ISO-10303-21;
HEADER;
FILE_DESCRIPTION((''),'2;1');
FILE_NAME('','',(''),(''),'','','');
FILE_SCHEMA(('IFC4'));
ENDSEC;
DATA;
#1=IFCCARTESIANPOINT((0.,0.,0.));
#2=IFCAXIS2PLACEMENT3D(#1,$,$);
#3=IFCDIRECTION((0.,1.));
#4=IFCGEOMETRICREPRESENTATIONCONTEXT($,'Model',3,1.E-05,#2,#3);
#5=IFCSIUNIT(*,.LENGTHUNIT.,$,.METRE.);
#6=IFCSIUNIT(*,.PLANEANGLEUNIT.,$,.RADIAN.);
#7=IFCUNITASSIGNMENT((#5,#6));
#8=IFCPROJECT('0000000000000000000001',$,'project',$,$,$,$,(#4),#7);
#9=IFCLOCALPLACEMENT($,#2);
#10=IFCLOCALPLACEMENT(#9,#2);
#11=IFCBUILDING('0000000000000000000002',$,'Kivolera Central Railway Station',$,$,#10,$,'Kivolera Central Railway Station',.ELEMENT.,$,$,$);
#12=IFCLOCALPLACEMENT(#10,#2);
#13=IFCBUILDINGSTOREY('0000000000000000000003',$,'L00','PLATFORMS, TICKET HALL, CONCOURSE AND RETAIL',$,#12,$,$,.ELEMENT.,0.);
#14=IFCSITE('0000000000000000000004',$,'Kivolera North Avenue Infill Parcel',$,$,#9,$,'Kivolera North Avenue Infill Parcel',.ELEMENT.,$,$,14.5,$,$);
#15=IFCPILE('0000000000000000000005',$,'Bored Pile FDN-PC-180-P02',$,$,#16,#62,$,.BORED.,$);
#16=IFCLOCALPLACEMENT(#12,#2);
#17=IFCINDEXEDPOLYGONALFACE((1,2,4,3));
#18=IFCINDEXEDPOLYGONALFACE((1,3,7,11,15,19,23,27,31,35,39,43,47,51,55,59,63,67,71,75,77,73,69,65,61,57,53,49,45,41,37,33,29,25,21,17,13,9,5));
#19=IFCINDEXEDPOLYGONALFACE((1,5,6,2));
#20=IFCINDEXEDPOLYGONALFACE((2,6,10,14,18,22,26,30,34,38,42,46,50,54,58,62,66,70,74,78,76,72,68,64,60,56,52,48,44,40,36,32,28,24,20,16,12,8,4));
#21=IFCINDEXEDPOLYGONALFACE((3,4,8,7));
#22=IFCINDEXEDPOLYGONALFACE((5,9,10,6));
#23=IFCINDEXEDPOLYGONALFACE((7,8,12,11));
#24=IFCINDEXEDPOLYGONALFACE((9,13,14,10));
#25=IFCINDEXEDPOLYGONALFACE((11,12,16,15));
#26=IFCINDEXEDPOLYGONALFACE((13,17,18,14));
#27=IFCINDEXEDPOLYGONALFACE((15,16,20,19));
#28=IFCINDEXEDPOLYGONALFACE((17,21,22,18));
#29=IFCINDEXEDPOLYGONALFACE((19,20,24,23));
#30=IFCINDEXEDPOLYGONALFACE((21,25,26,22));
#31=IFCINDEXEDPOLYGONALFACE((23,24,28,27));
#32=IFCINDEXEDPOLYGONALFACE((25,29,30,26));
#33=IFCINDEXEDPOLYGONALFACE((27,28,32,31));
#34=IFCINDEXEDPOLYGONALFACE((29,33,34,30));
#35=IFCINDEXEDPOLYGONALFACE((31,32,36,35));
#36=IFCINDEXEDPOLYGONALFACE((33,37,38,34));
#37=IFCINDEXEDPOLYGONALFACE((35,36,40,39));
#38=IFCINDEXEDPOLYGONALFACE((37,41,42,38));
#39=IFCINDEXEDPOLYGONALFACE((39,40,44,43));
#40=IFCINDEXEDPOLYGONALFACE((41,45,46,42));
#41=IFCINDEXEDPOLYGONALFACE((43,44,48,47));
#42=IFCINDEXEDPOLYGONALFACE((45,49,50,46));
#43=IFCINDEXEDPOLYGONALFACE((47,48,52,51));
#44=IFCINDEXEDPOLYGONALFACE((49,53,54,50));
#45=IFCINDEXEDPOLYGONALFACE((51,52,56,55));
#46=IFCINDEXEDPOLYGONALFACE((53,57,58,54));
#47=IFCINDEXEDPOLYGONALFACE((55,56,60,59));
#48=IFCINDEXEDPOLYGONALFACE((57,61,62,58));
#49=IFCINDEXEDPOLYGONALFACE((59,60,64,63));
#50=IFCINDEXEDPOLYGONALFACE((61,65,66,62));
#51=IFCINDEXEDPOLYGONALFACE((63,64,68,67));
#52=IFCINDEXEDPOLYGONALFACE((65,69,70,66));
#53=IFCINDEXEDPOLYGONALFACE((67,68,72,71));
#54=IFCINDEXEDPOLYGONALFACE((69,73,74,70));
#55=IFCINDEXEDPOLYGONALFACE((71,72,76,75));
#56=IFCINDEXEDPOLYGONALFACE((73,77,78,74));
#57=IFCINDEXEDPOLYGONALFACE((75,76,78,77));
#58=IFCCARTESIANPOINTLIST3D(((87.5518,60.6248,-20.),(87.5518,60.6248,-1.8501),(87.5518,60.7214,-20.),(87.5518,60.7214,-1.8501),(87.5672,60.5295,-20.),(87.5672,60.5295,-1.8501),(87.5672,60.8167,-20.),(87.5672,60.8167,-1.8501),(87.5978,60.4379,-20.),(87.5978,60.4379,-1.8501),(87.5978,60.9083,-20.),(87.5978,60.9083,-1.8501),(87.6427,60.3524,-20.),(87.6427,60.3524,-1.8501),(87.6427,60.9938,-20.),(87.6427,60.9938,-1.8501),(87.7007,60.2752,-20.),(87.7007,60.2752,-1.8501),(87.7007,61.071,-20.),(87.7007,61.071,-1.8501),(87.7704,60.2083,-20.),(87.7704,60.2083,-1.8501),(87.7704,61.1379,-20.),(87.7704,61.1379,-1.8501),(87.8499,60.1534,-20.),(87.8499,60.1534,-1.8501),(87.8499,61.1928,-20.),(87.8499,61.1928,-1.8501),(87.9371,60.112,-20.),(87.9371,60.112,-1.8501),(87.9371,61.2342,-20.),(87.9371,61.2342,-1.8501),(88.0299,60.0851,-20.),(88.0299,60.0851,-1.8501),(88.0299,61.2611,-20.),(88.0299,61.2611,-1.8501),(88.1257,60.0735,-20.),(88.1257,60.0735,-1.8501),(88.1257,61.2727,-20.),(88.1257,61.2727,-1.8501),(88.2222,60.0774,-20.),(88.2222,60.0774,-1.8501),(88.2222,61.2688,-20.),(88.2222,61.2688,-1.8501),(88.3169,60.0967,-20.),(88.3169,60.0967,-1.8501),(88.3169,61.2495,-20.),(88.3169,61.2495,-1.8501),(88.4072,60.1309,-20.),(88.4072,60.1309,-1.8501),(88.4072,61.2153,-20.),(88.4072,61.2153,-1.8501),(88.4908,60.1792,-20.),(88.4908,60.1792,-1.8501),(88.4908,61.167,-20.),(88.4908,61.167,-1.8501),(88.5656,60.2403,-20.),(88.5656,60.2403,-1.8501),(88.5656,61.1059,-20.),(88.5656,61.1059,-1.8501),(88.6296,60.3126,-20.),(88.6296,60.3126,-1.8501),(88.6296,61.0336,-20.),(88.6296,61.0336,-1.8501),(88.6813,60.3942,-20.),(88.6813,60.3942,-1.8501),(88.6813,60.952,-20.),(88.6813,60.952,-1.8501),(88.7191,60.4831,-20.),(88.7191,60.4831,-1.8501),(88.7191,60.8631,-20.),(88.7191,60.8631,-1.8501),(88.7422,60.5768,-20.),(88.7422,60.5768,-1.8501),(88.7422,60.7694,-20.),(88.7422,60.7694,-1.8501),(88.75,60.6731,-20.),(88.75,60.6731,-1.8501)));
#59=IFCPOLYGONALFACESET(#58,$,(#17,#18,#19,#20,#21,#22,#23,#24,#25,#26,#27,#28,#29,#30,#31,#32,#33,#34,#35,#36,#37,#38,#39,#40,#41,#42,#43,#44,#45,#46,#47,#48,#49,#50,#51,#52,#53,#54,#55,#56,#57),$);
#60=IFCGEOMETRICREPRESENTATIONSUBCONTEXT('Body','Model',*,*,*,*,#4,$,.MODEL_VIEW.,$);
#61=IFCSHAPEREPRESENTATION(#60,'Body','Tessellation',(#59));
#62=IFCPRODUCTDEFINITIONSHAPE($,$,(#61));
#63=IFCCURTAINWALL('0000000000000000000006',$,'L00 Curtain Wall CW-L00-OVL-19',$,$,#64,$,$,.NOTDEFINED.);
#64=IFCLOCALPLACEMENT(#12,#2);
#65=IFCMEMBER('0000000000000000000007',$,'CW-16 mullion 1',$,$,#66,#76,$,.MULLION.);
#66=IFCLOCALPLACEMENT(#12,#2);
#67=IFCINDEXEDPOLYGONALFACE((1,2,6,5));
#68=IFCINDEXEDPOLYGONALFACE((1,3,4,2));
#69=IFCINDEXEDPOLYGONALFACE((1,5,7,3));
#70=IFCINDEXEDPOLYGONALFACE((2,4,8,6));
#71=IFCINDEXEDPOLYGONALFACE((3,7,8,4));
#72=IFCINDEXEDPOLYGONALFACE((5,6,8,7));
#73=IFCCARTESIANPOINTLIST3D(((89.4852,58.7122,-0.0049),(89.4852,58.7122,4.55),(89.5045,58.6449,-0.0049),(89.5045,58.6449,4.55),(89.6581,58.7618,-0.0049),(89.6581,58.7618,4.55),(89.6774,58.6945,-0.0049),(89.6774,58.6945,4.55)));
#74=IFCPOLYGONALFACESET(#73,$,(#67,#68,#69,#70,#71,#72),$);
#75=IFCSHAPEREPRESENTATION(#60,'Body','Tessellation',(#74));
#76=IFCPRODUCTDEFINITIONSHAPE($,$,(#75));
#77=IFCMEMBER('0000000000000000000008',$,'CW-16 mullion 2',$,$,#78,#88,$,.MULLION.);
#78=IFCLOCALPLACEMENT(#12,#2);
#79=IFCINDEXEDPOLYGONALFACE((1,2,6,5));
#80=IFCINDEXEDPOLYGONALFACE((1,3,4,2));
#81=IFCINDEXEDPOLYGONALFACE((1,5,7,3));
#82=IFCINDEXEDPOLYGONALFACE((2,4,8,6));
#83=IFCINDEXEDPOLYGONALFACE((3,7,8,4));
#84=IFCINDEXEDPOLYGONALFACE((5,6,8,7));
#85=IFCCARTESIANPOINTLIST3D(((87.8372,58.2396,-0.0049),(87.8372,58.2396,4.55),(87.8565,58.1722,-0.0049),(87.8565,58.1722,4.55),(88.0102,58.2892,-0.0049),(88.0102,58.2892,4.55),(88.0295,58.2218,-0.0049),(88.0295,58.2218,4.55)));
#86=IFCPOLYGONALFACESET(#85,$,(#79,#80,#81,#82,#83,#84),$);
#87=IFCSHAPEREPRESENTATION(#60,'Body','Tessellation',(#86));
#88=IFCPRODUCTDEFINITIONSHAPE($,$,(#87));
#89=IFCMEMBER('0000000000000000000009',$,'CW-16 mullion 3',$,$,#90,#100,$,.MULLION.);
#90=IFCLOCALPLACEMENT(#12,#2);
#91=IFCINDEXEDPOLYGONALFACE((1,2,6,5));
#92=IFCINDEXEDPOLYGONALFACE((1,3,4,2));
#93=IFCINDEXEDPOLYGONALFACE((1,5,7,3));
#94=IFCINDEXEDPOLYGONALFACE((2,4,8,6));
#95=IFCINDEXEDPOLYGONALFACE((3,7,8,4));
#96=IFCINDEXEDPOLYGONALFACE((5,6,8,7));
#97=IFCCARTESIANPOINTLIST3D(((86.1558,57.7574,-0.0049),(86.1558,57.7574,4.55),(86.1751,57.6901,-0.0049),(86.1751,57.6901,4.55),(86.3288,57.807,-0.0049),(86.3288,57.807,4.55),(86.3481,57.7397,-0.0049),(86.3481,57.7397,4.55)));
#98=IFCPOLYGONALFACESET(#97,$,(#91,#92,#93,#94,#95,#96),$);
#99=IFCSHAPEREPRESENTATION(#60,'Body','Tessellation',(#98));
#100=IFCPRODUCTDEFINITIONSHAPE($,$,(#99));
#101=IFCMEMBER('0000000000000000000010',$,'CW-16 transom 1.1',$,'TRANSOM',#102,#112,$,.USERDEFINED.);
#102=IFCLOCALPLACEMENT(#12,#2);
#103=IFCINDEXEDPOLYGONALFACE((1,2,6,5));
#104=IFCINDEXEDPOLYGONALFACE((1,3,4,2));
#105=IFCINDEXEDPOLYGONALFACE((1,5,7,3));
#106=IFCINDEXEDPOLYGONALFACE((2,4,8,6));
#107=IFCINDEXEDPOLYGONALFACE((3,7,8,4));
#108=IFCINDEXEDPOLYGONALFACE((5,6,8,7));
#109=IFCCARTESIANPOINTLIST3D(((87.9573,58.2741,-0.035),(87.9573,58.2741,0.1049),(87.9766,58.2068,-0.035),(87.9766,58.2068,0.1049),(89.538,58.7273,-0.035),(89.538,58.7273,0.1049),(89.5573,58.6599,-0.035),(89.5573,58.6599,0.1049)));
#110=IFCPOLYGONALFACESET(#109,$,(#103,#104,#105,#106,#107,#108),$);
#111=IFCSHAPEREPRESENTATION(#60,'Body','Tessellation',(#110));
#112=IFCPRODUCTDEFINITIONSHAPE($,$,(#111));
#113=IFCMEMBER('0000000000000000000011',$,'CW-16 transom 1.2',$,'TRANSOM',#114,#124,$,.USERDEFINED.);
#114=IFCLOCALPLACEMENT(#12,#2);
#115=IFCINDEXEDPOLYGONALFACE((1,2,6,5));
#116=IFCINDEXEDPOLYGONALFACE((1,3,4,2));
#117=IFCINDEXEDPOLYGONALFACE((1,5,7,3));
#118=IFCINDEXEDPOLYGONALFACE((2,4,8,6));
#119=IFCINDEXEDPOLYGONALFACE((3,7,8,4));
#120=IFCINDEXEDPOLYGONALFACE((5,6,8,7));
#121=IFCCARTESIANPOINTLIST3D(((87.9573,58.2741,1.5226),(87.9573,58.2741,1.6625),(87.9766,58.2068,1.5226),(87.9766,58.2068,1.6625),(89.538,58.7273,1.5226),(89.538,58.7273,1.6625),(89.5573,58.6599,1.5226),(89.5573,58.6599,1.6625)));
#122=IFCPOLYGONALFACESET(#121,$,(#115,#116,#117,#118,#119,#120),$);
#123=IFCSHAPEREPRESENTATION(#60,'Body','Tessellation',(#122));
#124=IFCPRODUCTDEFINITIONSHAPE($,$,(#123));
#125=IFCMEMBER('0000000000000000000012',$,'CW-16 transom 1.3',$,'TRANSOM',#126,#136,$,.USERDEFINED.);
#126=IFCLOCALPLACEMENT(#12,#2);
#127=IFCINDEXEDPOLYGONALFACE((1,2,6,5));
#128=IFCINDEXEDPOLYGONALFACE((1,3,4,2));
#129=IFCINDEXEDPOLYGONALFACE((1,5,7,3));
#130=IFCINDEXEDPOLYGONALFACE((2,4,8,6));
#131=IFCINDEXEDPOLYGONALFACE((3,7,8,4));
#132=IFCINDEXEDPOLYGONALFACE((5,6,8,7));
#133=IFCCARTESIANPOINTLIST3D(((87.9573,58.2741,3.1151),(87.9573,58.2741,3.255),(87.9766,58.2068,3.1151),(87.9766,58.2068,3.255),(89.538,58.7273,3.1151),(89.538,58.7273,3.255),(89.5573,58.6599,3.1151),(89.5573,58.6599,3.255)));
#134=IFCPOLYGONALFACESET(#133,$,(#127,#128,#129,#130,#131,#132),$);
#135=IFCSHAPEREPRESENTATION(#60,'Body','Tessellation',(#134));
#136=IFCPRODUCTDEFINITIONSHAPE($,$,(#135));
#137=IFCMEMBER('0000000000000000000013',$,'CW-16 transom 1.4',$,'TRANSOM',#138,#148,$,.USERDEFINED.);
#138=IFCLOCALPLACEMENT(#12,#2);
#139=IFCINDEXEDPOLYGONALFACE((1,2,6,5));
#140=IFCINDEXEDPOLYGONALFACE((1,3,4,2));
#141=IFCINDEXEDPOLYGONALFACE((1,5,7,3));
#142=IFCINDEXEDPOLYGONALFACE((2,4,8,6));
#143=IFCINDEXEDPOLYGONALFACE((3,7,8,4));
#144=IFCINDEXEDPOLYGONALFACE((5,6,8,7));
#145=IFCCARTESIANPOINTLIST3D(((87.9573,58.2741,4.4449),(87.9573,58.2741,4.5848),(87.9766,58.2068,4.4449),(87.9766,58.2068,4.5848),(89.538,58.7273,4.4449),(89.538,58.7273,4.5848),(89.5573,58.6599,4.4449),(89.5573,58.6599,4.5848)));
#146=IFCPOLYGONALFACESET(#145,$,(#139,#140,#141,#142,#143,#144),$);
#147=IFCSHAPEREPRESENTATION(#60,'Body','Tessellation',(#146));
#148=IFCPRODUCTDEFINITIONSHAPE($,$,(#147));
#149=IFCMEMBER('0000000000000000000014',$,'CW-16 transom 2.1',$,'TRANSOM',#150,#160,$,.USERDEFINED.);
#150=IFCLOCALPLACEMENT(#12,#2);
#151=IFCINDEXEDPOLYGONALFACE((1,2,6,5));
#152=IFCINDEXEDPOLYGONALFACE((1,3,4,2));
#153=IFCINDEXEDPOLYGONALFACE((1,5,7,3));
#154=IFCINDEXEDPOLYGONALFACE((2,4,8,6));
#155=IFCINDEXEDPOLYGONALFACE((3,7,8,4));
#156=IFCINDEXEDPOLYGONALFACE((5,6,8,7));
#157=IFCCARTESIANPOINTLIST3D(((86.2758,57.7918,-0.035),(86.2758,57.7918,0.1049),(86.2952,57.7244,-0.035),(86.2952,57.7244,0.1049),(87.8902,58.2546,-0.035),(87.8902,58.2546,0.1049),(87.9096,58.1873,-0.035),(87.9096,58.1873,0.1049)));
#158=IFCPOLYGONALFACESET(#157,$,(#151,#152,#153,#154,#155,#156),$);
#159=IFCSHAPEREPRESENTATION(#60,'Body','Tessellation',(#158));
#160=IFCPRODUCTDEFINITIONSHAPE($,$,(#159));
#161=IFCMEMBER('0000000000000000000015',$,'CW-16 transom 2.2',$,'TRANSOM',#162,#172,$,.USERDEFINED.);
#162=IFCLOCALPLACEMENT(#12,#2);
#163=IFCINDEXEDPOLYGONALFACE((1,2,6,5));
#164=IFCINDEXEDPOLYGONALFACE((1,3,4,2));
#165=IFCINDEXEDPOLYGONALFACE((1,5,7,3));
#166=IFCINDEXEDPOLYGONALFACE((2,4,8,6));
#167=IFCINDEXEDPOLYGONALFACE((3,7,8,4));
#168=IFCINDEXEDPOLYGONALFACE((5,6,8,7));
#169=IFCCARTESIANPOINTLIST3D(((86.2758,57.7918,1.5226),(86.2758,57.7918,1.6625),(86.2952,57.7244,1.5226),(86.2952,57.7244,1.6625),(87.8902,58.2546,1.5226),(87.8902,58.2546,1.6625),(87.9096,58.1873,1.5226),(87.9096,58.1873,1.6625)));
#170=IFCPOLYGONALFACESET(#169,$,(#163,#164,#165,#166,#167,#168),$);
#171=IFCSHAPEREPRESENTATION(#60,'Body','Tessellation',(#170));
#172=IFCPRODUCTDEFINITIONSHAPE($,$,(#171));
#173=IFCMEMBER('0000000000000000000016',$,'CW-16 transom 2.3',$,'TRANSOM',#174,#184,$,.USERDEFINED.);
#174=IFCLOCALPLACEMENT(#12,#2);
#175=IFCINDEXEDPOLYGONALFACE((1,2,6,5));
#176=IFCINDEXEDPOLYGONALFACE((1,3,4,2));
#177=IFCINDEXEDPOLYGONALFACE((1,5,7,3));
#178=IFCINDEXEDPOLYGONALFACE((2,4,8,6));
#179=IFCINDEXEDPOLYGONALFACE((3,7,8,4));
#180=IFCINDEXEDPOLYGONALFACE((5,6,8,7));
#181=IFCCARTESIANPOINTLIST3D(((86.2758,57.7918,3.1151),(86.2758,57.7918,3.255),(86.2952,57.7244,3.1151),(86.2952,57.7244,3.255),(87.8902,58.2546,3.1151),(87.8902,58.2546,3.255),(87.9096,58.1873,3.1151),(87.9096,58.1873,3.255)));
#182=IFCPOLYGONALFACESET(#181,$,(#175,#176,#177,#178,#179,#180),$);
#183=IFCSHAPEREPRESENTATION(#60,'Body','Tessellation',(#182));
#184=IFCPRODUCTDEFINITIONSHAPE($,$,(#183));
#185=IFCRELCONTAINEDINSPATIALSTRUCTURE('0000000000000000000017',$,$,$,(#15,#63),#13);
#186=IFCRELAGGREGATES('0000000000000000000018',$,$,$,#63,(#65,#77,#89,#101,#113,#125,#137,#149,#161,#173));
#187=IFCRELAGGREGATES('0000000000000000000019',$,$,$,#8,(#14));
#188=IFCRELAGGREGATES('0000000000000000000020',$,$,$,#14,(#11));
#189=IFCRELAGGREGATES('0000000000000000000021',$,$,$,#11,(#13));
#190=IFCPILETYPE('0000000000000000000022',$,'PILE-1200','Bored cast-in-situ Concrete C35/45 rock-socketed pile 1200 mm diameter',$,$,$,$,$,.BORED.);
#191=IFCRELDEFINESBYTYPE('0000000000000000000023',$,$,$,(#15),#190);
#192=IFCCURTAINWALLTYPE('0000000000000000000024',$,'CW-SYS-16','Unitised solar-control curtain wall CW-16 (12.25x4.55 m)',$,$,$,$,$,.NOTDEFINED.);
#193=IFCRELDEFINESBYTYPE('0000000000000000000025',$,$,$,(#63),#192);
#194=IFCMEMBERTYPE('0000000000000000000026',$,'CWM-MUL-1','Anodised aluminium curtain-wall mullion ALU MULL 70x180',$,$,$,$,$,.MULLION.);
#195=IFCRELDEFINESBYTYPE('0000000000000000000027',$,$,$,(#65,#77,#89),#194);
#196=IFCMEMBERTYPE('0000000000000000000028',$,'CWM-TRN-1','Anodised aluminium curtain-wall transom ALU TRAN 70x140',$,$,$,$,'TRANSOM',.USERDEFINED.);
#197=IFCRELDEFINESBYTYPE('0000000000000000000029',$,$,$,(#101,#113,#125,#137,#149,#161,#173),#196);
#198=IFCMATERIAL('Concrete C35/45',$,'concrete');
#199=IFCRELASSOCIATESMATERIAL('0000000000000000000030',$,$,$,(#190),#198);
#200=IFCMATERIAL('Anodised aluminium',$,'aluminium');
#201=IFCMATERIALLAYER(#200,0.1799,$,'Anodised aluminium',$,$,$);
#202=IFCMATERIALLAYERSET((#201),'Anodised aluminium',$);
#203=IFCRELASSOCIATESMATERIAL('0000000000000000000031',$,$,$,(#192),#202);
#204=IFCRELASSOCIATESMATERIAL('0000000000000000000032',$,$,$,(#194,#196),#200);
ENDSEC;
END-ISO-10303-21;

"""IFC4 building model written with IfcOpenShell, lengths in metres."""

from ifc_helpers import new_model, si_unit, direction, frame, origin, origin_2d, place, context, subcontext, project, spatial, rectangle, circle, extrude, material, layer, layer_set, material_profile, profile_set, type_object, element, aggregate, save


model = new_model("IFC4")

# Units and contexts
model_context = context("Model", 3, precision=1e-05, world=origin(), true_north=direction((0.0, 1.0)))
body_context = subcontext(model_context, "Body", "Model", "MODEL_VIEW")
ifc_project = project(units=[si_unit("LENGTHUNIT", "METRE"), si_unit("PLANEANGLEUNIT", "RADIAN")], contexts=[model_context])

# Site, building, storey
site_placement = place(None, origin())
site = spatial("IfcSite", under=ifc_project, at=site_placement, Name="Kivolera North Avenue Infill Parcel", LongName="Kivolera North Avenue Infill Parcel", CompositionType="ELEMENT", RefElevation=14.5)
building_placement = place(site_placement, origin())
building = spatial("IfcBuilding", under=site, at=building_placement, Name="Kivolera Central Railway Station", LongName="Kivolera Central Railway Station", CompositionType="ELEMENT")
storey_placement = place(building_placement, origin())
storey = spatial("IfcBuildingStorey", under=building, at=storey_placement, Name="L00", Description="PLATFORMS, TICKET HALL, CONCOURSE AND RETAIL", CompositionType="ELEMENT", Elevation=0.0)

# Pile
ifc_material_1 = material(Name="Concrete C35/45", Category="concrete")
ifc_material_profile_1 = material_profile(ifc_material_1, circle(Radius=0.6001, at=origin_2d()), Name="PILE D1200")
ifc_profile_set_1 = profile_set([ifc_material_profile_1], Name="Concrete C35/45")
pile_type = type_object("IfcPileType", Name="PILE-1200", Description="Bored cast-in-situ Concrete C35/45 rock-socketed pile 1200 mm diameter", PredefinedType="BORED", material=ifc_profile_set_1)
pile_placement = place(storey_placement, frame((88.1499, 60.6731, -1.8501), z_axis=(0.0, 0.0, -1.0), x_axis=(1.0, 0.0, 0.0)))
element("IfcPile", 1, at=pile_placement, inside=storey, type_object=pile_type, Name="Bored Pile FDN-PC-180-P02", PredefinedType="BORED", context=body_context, shape_type="SweptSolid", body=[
    extrude(circle(Radius=0.6001, at=origin_2d()), origin(), (0.0, 0.0, 1.0), 18.1499),
])

# Curtain wall, members
ifc_material_2 = material(Name="Anodised aluminium", Category="aluminium")
ifc_layer_1 = layer(ifc_material_2, 0.1799, Name="Anodised aluminium")
ifc_layer_set_1 = layer_set([ifc_layer_1], Name="Anodised aluminium")
curtain_wall_type = type_object("IfcCurtainWallType", Name="CW-SYS-16", Description="Unitised solar-control curtain wall CW-16 (12.25x4.55 m)", PredefinedType="NOTDEFINED", material=ifc_layer_set_1)
curtain_wall_placement = place(storey_placement, origin())
curtain_wall = element("IfcCurtainWall", 2, at=curtain_wall_placement, inside=storey, type_object=curtain_wall_type, Name="L00 Curtain Wall CW-L00-OVL-19", PredefinedType="NOTDEFINED")
ifc_material_profile_2 = material_profile(ifc_material_2, rectangle(XDim=0.0701, YDim=0.1799, at=origin_2d()), Name="ALU MULL 70x180")
ifc_profile_set_2 = profile_set([ifc_material_profile_2], Name="Anodised aluminium")
member_type_1 = type_object("IfcMemberType", Name="CWM-MUL-1", Description="Anodised aluminium curtain-wall mullion ALU MULL 70x180", PredefinedType="MULLION", material=ifc_profile_set_2)
member_1_placement = place(storey_placement, frame((89.5813, 58.7034, -0.0049), z_axis=(0.0, 0.0, 1.0), x_axis=(0.275692, -0.961246, 0.0)))
member_1 = element("IfcMember", 3, at=member_1_placement, type_object=member_type_1, Name="CW-16 mullion 1", PredefinedType="MULLION", context=body_context, shape_type="SweptSolid", body=[
    extrude(rectangle(XDim=0.0701, YDim=0.1799, at=origin_2d()), origin(), (0.0, 0.0, 1.0), 4.5549),
])
member_2_placement = place(storey_placement, frame((87.9333, 58.2307, -0.0049), z_axis=(0.0, 0.0, 1.0), x_axis=(0.275692, -0.961246, 0.0)))
member_2 = element("IfcMember", 4, at=member_2_placement, type_object=member_type_1, Name="CW-16 mullion 2", PredefinedType="MULLION", context=body_context, shape_type="SweptSolid", body=[
    extrude(rectangle(XDim=0.0701, YDim=0.1799, at=origin_2d()), origin(), (0.0, 0.0, 1.0), 4.5549),
])
member_3_placement = place(storey_placement, frame((86.252, 57.7485, -0.0049), z_axis=(0.0, 0.0, 1.0), x_axis=(0.275692, -0.961246, 0.0)))
member_3 = element("IfcMember", 5, at=member_3_placement, type_object=member_type_1, Name="CW-16 mullion 3", PredefinedType="MULLION", context=body_context, shape_type="SweptSolid", body=[
    extrude(rectangle(XDim=0.0701, YDim=0.1799, at=origin_2d()), origin(), (0.0, 0.0, 1.0), 4.5549),
])
ifc_material_profile_3 = material_profile(ifc_material_2, rectangle(XDim=0.0701, YDim=0.1399, at=origin_2d()), Name="ALU TRAN 70x140")
ifc_profile_set_3 = profile_set([ifc_material_profile_3], Name="Anodised aluminium")
member_type_2 = type_object("IfcMemberType", Name="CWM-TRN-1", Description="Anodised aluminium curtain-wall transom ALU TRAN 70x140", ElementType="TRANSOM", PredefinedType="USERDEFINED", material=ifc_profile_set_3)
member_4_placement = place(storey_placement, frame((89.5476, 58.6936, 0.0349), z_axis=(-0.961277, -0.275584, 0.0), x_axis=(0.275584, -0.961277, 0.0)))
member_4 = element("IfcMember", 6, at=member_4_placement, type_object=member_type_2, Name="CW-16 transom 1.1", ObjectType="TRANSOM", PredefinedType="USERDEFINED", context=body_context, shape_type="SweptSolid", body=[
    extrude(rectangle(XDim=0.0701, YDim=0.1399, at=origin_2d()), origin(), (0.0, 0.0, 1.0), 1.6443),
])
member_5_placement = place(storey_placement, frame((89.5476, 58.6936, 1.5925), z_axis=(-0.961277, -0.275584, 0.0), x_axis=(0.275584, -0.961277, 0.0)))
member_5 = element("IfcMember", 7, at=member_5_placement, type_object=member_type_2, Name="CW-16 transom 1.2", ObjectType="TRANSOM", PredefinedType="USERDEFINED", context=body_context, shape_type="SweptSolid", body=[
    extrude(rectangle(XDim=0.0701, YDim=0.1399, at=origin_2d()), origin(), (0.0, 0.0, 1.0), 1.6443),
])
member_6_placement = place(storey_placement, frame((89.5476, 58.6936, 3.1851), z_axis=(-0.961277, -0.275584, 0.0), x_axis=(0.275584, -0.961277, 0.0)))
member_6 = element("IfcMember", 8, at=member_6_placement, type_object=member_type_2, Name="CW-16 transom 1.3", ObjectType="TRANSOM", PredefinedType="USERDEFINED", context=body_context, shape_type="SweptSolid", body=[
    extrude(rectangle(XDim=0.0701, YDim=0.1399, at=origin_2d()), origin(), (0.0, 0.0, 1.0), 1.6443),
])
member_7_placement = place(storey_placement, frame((89.5476, 58.6936, 4.5149), z_axis=(-0.961277, -0.275584, 0.0), x_axis=(0.275584, -0.961277, 0.0)))
member_7 = element("IfcMember", 9, at=member_7_placement, type_object=member_type_2, Name="CW-16 transom 1.4", ObjectType="TRANSOM", PredefinedType="USERDEFINED", context=body_context, shape_type="SweptSolid", body=[
    extrude(rectangle(XDim=0.0701, YDim=0.1399, at=origin_2d()), origin(), (0.0, 0.0, 1.0), 1.6443),
])
member_8_placement = place(storey_placement, frame((87.8999, 58.2209, 0.0349), z_axis=(-0.961271, -0.275604, 0.0), x_axis=(0.275604, -0.961271, 0.0)))
member_8 = element("IfcMember", 10, at=member_8_placement, type_object=member_type_2, Name="CW-16 transom 2.1", ObjectType="TRANSOM", PredefinedType="USERDEFINED", context=body_context, shape_type="SweptSolid", body=[
    extrude(rectangle(XDim=0.0701, YDim=0.1399, at=origin_2d()), origin(), (0.0, 0.0, 1.0), 1.6794),
])
member_9_placement = place(storey_placement, frame((87.8999, 58.2209, 1.5925), z_axis=(-0.961271, -0.275604, 0.0), x_axis=(0.275604, -0.961271, 0.0)))
member_9 = element("IfcMember", 11, at=member_9_placement, type_object=member_type_2, Name="CW-16 transom 2.2", ObjectType="TRANSOM", PredefinedType="USERDEFINED", context=body_context, shape_type="SweptSolid", body=[
    extrude(rectangle(XDim=0.0701, YDim=0.1399, at=origin_2d()), origin(), (0.0, 0.0, 1.0), 1.6794),
])
member_10_placement = place(storey_placement, frame((87.8999, 58.2209, 3.1851), z_axis=(-0.961271, -0.275604, 0.0), x_axis=(0.275604, -0.961271, 0.0)))
member_10 = element("IfcMember", 12, at=member_10_placement, type_object=member_type_2, Name="CW-16 transom 2.3", ObjectType="TRANSOM", PredefinedType="USERDEFINED", context=body_context, shape_type="SweptSolid", body=[
    extrude(rectangle(XDim=0.0701, YDim=0.1399, at=origin_2d()), origin(), (0.0, 0.0, 1.0), 1.6794),
])
aggregate(curtain_wall, [member_1, member_2, member_3, member_4, member_5, member_6, member_7, member_8, member_9, member_10])

save(model, "model.ifc")
